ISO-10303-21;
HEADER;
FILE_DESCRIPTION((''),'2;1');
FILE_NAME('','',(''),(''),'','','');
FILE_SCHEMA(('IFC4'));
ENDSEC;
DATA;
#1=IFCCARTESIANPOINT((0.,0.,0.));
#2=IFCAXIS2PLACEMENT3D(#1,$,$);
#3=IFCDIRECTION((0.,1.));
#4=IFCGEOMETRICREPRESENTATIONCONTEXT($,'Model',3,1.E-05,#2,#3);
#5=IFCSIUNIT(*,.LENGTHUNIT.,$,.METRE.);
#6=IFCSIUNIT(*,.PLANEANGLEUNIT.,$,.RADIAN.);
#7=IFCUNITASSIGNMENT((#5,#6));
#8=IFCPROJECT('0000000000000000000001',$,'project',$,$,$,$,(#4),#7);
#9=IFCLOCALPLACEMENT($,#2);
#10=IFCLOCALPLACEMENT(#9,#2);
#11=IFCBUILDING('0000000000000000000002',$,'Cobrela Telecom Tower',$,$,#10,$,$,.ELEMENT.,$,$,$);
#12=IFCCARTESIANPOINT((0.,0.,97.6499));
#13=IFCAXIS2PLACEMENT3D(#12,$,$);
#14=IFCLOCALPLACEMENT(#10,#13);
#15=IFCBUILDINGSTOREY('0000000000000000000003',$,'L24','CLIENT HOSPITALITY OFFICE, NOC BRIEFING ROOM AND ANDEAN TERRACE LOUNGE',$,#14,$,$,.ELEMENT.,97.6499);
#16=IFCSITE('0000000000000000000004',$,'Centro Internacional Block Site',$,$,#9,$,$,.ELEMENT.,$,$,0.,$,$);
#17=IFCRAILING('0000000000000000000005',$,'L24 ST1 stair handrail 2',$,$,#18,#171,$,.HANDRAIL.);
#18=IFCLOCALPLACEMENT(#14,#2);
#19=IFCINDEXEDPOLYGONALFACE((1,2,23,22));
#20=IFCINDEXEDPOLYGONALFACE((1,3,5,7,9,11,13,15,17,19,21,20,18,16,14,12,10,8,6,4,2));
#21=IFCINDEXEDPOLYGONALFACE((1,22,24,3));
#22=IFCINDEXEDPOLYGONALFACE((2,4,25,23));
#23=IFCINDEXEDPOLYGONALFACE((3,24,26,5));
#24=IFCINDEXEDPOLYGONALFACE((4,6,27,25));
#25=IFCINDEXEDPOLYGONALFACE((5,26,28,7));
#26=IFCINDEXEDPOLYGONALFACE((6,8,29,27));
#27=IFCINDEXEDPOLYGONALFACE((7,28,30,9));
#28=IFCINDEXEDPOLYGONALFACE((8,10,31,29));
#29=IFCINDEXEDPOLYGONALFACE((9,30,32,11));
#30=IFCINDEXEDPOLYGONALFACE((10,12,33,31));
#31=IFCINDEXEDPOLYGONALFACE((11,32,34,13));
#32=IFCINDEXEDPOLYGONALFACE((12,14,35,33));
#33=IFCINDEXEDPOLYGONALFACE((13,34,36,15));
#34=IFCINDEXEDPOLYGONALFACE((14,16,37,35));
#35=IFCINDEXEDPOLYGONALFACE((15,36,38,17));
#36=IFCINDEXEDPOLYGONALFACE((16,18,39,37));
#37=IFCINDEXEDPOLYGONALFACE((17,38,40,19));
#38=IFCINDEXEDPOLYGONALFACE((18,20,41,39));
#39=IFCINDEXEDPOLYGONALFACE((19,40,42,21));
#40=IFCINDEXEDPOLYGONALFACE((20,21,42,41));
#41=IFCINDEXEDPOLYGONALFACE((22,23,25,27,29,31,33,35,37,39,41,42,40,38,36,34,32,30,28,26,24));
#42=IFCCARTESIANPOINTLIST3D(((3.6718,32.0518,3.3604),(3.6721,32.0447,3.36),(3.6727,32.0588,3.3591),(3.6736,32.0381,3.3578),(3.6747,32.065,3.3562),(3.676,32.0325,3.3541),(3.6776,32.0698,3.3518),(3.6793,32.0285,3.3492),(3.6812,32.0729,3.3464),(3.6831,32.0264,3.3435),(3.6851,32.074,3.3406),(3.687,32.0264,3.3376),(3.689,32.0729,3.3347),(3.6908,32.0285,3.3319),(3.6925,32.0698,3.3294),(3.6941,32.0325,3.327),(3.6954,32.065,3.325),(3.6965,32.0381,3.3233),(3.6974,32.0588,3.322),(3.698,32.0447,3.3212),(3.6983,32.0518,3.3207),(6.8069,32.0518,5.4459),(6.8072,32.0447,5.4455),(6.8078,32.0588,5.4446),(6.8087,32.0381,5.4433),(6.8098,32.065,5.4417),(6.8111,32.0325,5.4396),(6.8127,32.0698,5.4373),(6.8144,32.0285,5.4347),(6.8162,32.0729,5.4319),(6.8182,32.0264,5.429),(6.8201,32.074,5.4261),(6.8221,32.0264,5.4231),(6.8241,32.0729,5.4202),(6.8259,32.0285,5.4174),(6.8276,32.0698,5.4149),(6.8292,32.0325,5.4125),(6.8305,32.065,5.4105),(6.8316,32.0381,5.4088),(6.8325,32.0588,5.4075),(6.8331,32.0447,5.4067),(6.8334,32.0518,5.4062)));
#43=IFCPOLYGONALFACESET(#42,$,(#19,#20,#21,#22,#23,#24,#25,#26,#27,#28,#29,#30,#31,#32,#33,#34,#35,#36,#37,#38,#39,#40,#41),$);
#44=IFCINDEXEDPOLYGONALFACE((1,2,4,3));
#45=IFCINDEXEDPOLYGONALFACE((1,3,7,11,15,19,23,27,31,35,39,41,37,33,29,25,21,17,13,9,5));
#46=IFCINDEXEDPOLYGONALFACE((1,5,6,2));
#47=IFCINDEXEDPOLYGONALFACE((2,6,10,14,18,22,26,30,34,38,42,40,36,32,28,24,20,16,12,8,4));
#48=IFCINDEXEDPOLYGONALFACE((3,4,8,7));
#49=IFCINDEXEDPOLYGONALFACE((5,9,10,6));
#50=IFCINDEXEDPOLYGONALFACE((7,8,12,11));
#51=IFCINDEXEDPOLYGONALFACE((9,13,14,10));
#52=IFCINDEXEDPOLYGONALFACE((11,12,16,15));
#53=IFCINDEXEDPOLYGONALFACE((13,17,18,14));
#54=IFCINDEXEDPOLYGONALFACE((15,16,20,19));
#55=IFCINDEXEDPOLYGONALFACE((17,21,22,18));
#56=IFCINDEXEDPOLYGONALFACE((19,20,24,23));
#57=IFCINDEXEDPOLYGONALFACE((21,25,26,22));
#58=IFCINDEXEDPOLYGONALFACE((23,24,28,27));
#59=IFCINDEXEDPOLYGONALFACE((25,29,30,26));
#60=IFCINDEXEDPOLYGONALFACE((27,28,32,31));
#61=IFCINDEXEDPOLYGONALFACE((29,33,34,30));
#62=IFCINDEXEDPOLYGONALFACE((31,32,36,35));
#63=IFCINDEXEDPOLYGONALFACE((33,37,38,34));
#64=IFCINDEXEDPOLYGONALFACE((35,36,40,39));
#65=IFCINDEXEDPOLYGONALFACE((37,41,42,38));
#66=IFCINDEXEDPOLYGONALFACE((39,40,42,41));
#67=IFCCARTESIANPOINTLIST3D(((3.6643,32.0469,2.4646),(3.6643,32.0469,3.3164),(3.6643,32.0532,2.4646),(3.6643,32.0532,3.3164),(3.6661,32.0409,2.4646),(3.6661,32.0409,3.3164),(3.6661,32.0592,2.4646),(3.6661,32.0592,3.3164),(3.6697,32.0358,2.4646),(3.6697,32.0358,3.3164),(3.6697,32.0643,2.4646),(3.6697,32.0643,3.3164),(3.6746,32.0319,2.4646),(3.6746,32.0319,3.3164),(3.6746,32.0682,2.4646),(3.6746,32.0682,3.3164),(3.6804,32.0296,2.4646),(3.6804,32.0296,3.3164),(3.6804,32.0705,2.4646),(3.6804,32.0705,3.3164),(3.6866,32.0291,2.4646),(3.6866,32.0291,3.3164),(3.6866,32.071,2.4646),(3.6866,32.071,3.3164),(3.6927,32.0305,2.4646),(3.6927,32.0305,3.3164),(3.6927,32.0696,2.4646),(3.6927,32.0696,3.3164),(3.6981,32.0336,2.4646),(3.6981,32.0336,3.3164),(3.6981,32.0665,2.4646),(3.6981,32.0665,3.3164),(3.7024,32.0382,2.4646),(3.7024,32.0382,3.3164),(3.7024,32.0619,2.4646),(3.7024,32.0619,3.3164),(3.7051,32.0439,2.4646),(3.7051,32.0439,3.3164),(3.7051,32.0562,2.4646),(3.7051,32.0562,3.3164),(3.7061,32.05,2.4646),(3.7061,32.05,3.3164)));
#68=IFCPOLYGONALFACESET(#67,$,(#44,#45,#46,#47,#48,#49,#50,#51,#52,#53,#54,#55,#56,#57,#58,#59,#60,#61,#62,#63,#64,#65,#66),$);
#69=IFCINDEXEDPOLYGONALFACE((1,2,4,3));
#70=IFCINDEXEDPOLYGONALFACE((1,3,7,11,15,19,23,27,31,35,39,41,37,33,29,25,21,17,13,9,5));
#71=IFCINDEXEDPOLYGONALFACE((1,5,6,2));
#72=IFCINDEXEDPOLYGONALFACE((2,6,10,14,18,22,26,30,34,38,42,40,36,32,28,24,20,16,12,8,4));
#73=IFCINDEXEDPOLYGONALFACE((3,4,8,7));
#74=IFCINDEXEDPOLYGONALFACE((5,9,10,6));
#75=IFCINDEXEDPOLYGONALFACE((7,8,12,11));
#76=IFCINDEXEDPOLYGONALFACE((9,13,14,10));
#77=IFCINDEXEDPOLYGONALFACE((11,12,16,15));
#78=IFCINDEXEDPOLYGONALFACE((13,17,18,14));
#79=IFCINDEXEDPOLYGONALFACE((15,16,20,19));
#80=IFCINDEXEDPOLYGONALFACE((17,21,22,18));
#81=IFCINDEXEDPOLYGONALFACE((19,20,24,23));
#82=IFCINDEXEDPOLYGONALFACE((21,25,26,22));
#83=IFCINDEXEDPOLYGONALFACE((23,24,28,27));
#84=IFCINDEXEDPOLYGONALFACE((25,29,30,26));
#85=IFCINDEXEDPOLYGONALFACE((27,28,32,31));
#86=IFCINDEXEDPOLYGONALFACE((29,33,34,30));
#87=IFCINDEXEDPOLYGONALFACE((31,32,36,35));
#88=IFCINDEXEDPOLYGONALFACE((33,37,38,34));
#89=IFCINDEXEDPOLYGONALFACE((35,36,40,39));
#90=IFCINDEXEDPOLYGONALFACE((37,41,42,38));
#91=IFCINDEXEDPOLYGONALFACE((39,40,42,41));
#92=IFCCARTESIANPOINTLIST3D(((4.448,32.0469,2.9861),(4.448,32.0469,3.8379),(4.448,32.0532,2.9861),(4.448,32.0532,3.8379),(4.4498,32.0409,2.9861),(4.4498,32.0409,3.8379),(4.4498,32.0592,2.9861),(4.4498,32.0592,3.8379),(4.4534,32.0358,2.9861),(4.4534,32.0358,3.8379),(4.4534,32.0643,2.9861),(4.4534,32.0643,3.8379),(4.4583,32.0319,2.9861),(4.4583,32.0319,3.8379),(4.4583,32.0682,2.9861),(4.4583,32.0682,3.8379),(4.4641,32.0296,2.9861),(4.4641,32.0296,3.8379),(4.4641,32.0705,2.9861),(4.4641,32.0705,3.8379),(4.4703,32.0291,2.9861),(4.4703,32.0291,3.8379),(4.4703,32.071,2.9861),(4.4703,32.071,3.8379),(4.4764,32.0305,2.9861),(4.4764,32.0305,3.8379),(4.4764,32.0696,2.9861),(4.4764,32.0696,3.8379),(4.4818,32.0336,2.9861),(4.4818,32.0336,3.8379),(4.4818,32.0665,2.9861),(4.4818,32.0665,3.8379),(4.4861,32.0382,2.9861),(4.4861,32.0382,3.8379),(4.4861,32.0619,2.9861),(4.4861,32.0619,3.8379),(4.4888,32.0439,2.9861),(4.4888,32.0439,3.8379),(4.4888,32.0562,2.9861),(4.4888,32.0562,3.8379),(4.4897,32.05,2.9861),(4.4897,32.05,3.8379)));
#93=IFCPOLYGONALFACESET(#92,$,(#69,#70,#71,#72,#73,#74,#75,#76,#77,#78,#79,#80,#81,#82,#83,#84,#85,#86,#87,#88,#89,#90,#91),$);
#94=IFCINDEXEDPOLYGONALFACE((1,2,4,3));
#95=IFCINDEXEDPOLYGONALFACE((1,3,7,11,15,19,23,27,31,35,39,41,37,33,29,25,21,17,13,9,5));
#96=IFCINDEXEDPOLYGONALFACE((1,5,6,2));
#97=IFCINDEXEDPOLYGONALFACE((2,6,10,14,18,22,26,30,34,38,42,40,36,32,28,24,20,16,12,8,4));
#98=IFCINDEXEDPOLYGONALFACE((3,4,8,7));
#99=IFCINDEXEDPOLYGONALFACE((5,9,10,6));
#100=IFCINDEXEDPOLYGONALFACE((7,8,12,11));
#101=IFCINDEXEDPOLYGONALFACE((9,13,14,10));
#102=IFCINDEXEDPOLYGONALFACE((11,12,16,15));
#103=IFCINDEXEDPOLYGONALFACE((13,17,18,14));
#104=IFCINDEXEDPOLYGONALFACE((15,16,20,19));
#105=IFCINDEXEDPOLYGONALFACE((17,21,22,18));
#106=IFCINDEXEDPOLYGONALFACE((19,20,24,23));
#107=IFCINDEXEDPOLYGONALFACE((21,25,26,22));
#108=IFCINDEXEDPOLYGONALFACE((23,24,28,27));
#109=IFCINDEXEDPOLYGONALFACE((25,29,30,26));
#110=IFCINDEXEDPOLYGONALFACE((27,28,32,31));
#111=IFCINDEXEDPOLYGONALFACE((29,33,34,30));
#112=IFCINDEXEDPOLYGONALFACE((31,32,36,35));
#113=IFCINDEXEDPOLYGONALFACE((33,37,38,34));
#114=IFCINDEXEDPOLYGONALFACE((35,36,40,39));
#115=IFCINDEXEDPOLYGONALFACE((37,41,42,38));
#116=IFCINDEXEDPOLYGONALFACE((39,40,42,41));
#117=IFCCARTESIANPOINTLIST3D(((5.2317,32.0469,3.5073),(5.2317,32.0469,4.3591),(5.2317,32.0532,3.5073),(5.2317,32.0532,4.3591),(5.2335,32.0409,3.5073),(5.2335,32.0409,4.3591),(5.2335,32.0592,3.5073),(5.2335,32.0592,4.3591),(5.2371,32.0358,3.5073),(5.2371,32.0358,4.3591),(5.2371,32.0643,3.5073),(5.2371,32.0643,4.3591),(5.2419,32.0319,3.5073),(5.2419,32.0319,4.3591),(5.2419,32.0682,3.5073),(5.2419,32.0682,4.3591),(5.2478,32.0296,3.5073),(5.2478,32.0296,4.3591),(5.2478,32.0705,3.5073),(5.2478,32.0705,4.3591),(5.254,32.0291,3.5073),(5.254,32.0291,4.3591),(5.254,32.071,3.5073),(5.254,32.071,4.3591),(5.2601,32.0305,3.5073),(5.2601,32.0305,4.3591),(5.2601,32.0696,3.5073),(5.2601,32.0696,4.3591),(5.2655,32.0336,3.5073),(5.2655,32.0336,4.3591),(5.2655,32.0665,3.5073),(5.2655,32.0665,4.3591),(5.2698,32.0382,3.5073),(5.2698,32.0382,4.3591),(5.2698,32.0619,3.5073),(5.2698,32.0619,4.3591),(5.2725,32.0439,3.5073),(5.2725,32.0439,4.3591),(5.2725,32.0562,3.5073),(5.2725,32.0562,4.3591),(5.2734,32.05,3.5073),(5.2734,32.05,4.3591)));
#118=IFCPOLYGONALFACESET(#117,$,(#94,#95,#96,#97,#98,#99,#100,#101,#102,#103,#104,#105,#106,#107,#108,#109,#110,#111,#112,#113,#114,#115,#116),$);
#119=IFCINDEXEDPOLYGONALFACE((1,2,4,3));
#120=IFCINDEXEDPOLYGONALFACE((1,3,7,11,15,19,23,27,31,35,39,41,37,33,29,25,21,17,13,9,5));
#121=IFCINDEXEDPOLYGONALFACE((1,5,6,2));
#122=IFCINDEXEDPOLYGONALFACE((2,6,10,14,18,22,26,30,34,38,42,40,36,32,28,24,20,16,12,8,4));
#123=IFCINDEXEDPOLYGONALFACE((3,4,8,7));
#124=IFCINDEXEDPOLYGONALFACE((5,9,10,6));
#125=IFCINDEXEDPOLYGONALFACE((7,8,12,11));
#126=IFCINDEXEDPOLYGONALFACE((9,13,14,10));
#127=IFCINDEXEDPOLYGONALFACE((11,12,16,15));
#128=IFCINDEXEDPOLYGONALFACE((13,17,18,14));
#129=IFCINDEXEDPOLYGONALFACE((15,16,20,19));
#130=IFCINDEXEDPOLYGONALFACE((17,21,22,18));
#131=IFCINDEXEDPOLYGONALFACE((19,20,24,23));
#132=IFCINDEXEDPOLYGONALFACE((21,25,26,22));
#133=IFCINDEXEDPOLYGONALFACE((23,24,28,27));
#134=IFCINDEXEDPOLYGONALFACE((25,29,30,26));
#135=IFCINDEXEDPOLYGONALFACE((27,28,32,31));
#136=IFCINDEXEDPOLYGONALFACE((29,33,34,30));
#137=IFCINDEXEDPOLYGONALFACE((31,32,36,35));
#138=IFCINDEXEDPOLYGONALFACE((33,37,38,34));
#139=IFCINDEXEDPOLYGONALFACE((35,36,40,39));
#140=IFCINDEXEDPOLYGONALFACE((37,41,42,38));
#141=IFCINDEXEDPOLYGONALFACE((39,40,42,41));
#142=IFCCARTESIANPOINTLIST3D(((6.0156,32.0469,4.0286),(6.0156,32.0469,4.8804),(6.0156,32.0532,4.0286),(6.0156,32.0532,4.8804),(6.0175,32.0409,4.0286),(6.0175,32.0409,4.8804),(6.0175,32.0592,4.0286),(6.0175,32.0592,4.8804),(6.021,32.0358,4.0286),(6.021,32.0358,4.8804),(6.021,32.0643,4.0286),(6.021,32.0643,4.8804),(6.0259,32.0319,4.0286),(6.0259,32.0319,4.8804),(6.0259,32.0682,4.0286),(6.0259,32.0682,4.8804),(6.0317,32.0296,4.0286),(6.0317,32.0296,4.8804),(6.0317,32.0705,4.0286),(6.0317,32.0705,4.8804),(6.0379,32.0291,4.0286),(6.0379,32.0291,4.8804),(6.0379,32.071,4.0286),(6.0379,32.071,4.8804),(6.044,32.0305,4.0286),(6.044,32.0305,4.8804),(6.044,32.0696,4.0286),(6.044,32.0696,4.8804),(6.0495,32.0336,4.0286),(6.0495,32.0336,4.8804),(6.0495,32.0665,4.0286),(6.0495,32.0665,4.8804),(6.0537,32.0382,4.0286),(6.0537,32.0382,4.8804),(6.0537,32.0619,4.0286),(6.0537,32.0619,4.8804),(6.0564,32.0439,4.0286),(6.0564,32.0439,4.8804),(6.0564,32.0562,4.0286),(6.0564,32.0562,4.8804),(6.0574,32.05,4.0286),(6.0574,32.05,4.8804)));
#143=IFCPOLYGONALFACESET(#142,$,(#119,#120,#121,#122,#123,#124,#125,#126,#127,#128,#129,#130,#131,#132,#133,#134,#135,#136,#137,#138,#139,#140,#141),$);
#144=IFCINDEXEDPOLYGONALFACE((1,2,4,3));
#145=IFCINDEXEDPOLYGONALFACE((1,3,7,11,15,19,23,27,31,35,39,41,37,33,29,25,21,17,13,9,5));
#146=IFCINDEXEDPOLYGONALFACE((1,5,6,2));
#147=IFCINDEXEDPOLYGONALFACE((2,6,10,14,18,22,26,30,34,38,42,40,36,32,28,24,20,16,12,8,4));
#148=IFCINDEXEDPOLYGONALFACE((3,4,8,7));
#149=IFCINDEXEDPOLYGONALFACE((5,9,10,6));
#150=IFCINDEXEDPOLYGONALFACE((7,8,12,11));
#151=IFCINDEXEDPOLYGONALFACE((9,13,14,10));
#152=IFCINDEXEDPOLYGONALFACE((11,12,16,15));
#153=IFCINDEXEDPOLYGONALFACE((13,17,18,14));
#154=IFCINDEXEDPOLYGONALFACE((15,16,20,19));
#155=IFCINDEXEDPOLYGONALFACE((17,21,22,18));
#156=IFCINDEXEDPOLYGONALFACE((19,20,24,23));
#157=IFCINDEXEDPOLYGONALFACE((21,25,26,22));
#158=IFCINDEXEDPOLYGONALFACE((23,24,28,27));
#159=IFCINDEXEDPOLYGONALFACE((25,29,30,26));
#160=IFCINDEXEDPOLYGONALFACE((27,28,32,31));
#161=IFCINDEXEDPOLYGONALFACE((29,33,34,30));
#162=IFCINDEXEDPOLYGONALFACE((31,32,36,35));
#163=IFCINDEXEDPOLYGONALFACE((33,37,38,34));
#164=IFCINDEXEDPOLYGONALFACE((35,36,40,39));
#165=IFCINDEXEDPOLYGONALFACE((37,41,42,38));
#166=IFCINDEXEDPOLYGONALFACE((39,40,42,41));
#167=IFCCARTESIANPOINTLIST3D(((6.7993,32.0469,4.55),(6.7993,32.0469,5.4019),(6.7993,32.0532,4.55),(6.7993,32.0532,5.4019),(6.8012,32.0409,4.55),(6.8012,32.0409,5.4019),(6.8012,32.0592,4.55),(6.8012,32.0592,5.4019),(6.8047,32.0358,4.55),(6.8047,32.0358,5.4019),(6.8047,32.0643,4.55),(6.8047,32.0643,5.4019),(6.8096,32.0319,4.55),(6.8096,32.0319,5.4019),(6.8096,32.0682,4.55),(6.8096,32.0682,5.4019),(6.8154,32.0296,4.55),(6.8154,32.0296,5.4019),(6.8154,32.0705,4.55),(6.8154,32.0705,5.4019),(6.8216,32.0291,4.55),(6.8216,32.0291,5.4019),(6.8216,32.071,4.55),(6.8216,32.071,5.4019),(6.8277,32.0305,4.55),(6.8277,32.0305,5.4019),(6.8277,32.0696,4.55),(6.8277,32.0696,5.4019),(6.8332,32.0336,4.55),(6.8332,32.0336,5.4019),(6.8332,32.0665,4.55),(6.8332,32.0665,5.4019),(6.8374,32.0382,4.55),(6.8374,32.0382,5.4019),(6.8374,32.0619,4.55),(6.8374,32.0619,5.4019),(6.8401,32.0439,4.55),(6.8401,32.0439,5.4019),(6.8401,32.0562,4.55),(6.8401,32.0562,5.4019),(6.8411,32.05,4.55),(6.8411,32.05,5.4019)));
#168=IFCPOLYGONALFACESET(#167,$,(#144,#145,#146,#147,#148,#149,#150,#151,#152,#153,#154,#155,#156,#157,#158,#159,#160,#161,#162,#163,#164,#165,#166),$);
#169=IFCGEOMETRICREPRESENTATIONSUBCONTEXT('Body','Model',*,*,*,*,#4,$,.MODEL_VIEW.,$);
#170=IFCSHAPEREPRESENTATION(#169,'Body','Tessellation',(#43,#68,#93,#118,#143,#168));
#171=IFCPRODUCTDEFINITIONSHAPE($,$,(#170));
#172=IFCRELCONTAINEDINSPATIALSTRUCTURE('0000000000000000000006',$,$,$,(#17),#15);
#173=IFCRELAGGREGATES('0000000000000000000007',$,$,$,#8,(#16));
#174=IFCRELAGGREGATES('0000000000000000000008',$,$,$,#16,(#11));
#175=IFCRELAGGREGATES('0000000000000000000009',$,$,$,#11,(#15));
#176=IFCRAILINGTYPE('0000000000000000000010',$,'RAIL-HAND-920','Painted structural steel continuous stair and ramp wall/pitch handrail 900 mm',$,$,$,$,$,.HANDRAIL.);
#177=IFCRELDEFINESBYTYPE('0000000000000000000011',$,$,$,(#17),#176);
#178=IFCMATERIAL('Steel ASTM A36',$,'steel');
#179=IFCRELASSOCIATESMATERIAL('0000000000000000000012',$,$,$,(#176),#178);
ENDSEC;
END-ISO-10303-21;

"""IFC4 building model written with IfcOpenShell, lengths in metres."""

from ifc_helpers import new_model, si_unit, direction, frame, origin, origin_2d, place, context, subcontext, project, spatial, circle, extrude, material, type_object, element, save


model = new_model("IFC4")

# Units and contexts
model_context = context("Model", 3, precision=1e-05, world=origin(), true_north=direction((0.0, 1.0)))
body_context = subcontext(model_context, "Body", "Model", "MODEL_VIEW")
ifc_project = project(units=[si_unit("LENGTHUNIT", "METRE"), si_unit("PLANEANGLEUNIT", "RADIAN")], contexts=[model_context])

# Site, building, storey
site_placement = place(None, origin())
site = spatial("IfcSite", under=ifc_project, at=site_placement, Name="Centro Internacional Block Site", CompositionType="ELEMENT", RefElevation=0.0)
building_placement = place(site_placement, origin())
building = spatial("IfcBuilding", under=site, at=building_placement, Name="Cobrela Telecom Tower", CompositionType="ELEMENT")
storey_placement = place(building_placement, frame((0.0, 0.0, 97.6499)))
storey = spatial("IfcBuildingStorey", under=building, at=storey_placement, Name="L24", Description="CLIENT HOSPITALITY OFFICE, NOC BRIEFING ROOM AND ANDEAN TERRACE LOUNGE", CompositionType="ELEMENT", Elevation=97.6499)

# Shared definitions
ifc_material_1 = material(Name="Steel ASTM A36", Category="steel")

# Railing
railing_type_1 = type_object("IfcRailingType", Name="RAIL-HAND-920", Description="Painted structural steel continuous stair and ramp wall/pitch handrail 900 mm", PredefinedType="HANDRAIL", material=ifc_material_1)
railing_1_placement = place(storey_placement, frame((3.6851, 32.05, 2.4646)))
element("IfcRailing", 1, at=railing_1_placement, inside=storey, type_object=railing_type_1, Name="L24 ST1 stair handrail 2", PredefinedType="HANDRAIL", context=body_context, shape_type="SweptSolid", body=[
    extrude(circle(Radius=0.0239, at=origin_2d()), frame((0.0, 0.0, 0.876), z_axis=(0.832608, 0.0, 0.553862), x_axis=(0.0, 1.0, 0.0)), (0.0, 0.0, 1.0), 3.7654),
    extrude(circle(Radius=0.021, at=origin_2d()), origin(), (0.0, 0.0, 1.0), 0.8518),
    extrude(circle(Radius=0.021, at=origin_2d()), frame((0.7837, 0.0, 0.5215)), (0.0, 0.0, 1.0), 0.8518),
    extrude(circle(Radius=0.021, at=origin_2d()), frame((1.5674, 0.0, 1.0427)), (0.0, 0.0, 1.0), 0.8518),
    extrude(circle(Radius=0.021, at=origin_2d()), frame((2.3513, 0.0, 1.564)), (0.0, 0.0, 1.0), 0.8518),
    extrude(circle(Radius=0.021, at=origin_2d()), frame((3.135, 0.0, 2.0854)), (0.0, 0.0, 1.0), 0.8518),
])

save(model, "model.ifc")
